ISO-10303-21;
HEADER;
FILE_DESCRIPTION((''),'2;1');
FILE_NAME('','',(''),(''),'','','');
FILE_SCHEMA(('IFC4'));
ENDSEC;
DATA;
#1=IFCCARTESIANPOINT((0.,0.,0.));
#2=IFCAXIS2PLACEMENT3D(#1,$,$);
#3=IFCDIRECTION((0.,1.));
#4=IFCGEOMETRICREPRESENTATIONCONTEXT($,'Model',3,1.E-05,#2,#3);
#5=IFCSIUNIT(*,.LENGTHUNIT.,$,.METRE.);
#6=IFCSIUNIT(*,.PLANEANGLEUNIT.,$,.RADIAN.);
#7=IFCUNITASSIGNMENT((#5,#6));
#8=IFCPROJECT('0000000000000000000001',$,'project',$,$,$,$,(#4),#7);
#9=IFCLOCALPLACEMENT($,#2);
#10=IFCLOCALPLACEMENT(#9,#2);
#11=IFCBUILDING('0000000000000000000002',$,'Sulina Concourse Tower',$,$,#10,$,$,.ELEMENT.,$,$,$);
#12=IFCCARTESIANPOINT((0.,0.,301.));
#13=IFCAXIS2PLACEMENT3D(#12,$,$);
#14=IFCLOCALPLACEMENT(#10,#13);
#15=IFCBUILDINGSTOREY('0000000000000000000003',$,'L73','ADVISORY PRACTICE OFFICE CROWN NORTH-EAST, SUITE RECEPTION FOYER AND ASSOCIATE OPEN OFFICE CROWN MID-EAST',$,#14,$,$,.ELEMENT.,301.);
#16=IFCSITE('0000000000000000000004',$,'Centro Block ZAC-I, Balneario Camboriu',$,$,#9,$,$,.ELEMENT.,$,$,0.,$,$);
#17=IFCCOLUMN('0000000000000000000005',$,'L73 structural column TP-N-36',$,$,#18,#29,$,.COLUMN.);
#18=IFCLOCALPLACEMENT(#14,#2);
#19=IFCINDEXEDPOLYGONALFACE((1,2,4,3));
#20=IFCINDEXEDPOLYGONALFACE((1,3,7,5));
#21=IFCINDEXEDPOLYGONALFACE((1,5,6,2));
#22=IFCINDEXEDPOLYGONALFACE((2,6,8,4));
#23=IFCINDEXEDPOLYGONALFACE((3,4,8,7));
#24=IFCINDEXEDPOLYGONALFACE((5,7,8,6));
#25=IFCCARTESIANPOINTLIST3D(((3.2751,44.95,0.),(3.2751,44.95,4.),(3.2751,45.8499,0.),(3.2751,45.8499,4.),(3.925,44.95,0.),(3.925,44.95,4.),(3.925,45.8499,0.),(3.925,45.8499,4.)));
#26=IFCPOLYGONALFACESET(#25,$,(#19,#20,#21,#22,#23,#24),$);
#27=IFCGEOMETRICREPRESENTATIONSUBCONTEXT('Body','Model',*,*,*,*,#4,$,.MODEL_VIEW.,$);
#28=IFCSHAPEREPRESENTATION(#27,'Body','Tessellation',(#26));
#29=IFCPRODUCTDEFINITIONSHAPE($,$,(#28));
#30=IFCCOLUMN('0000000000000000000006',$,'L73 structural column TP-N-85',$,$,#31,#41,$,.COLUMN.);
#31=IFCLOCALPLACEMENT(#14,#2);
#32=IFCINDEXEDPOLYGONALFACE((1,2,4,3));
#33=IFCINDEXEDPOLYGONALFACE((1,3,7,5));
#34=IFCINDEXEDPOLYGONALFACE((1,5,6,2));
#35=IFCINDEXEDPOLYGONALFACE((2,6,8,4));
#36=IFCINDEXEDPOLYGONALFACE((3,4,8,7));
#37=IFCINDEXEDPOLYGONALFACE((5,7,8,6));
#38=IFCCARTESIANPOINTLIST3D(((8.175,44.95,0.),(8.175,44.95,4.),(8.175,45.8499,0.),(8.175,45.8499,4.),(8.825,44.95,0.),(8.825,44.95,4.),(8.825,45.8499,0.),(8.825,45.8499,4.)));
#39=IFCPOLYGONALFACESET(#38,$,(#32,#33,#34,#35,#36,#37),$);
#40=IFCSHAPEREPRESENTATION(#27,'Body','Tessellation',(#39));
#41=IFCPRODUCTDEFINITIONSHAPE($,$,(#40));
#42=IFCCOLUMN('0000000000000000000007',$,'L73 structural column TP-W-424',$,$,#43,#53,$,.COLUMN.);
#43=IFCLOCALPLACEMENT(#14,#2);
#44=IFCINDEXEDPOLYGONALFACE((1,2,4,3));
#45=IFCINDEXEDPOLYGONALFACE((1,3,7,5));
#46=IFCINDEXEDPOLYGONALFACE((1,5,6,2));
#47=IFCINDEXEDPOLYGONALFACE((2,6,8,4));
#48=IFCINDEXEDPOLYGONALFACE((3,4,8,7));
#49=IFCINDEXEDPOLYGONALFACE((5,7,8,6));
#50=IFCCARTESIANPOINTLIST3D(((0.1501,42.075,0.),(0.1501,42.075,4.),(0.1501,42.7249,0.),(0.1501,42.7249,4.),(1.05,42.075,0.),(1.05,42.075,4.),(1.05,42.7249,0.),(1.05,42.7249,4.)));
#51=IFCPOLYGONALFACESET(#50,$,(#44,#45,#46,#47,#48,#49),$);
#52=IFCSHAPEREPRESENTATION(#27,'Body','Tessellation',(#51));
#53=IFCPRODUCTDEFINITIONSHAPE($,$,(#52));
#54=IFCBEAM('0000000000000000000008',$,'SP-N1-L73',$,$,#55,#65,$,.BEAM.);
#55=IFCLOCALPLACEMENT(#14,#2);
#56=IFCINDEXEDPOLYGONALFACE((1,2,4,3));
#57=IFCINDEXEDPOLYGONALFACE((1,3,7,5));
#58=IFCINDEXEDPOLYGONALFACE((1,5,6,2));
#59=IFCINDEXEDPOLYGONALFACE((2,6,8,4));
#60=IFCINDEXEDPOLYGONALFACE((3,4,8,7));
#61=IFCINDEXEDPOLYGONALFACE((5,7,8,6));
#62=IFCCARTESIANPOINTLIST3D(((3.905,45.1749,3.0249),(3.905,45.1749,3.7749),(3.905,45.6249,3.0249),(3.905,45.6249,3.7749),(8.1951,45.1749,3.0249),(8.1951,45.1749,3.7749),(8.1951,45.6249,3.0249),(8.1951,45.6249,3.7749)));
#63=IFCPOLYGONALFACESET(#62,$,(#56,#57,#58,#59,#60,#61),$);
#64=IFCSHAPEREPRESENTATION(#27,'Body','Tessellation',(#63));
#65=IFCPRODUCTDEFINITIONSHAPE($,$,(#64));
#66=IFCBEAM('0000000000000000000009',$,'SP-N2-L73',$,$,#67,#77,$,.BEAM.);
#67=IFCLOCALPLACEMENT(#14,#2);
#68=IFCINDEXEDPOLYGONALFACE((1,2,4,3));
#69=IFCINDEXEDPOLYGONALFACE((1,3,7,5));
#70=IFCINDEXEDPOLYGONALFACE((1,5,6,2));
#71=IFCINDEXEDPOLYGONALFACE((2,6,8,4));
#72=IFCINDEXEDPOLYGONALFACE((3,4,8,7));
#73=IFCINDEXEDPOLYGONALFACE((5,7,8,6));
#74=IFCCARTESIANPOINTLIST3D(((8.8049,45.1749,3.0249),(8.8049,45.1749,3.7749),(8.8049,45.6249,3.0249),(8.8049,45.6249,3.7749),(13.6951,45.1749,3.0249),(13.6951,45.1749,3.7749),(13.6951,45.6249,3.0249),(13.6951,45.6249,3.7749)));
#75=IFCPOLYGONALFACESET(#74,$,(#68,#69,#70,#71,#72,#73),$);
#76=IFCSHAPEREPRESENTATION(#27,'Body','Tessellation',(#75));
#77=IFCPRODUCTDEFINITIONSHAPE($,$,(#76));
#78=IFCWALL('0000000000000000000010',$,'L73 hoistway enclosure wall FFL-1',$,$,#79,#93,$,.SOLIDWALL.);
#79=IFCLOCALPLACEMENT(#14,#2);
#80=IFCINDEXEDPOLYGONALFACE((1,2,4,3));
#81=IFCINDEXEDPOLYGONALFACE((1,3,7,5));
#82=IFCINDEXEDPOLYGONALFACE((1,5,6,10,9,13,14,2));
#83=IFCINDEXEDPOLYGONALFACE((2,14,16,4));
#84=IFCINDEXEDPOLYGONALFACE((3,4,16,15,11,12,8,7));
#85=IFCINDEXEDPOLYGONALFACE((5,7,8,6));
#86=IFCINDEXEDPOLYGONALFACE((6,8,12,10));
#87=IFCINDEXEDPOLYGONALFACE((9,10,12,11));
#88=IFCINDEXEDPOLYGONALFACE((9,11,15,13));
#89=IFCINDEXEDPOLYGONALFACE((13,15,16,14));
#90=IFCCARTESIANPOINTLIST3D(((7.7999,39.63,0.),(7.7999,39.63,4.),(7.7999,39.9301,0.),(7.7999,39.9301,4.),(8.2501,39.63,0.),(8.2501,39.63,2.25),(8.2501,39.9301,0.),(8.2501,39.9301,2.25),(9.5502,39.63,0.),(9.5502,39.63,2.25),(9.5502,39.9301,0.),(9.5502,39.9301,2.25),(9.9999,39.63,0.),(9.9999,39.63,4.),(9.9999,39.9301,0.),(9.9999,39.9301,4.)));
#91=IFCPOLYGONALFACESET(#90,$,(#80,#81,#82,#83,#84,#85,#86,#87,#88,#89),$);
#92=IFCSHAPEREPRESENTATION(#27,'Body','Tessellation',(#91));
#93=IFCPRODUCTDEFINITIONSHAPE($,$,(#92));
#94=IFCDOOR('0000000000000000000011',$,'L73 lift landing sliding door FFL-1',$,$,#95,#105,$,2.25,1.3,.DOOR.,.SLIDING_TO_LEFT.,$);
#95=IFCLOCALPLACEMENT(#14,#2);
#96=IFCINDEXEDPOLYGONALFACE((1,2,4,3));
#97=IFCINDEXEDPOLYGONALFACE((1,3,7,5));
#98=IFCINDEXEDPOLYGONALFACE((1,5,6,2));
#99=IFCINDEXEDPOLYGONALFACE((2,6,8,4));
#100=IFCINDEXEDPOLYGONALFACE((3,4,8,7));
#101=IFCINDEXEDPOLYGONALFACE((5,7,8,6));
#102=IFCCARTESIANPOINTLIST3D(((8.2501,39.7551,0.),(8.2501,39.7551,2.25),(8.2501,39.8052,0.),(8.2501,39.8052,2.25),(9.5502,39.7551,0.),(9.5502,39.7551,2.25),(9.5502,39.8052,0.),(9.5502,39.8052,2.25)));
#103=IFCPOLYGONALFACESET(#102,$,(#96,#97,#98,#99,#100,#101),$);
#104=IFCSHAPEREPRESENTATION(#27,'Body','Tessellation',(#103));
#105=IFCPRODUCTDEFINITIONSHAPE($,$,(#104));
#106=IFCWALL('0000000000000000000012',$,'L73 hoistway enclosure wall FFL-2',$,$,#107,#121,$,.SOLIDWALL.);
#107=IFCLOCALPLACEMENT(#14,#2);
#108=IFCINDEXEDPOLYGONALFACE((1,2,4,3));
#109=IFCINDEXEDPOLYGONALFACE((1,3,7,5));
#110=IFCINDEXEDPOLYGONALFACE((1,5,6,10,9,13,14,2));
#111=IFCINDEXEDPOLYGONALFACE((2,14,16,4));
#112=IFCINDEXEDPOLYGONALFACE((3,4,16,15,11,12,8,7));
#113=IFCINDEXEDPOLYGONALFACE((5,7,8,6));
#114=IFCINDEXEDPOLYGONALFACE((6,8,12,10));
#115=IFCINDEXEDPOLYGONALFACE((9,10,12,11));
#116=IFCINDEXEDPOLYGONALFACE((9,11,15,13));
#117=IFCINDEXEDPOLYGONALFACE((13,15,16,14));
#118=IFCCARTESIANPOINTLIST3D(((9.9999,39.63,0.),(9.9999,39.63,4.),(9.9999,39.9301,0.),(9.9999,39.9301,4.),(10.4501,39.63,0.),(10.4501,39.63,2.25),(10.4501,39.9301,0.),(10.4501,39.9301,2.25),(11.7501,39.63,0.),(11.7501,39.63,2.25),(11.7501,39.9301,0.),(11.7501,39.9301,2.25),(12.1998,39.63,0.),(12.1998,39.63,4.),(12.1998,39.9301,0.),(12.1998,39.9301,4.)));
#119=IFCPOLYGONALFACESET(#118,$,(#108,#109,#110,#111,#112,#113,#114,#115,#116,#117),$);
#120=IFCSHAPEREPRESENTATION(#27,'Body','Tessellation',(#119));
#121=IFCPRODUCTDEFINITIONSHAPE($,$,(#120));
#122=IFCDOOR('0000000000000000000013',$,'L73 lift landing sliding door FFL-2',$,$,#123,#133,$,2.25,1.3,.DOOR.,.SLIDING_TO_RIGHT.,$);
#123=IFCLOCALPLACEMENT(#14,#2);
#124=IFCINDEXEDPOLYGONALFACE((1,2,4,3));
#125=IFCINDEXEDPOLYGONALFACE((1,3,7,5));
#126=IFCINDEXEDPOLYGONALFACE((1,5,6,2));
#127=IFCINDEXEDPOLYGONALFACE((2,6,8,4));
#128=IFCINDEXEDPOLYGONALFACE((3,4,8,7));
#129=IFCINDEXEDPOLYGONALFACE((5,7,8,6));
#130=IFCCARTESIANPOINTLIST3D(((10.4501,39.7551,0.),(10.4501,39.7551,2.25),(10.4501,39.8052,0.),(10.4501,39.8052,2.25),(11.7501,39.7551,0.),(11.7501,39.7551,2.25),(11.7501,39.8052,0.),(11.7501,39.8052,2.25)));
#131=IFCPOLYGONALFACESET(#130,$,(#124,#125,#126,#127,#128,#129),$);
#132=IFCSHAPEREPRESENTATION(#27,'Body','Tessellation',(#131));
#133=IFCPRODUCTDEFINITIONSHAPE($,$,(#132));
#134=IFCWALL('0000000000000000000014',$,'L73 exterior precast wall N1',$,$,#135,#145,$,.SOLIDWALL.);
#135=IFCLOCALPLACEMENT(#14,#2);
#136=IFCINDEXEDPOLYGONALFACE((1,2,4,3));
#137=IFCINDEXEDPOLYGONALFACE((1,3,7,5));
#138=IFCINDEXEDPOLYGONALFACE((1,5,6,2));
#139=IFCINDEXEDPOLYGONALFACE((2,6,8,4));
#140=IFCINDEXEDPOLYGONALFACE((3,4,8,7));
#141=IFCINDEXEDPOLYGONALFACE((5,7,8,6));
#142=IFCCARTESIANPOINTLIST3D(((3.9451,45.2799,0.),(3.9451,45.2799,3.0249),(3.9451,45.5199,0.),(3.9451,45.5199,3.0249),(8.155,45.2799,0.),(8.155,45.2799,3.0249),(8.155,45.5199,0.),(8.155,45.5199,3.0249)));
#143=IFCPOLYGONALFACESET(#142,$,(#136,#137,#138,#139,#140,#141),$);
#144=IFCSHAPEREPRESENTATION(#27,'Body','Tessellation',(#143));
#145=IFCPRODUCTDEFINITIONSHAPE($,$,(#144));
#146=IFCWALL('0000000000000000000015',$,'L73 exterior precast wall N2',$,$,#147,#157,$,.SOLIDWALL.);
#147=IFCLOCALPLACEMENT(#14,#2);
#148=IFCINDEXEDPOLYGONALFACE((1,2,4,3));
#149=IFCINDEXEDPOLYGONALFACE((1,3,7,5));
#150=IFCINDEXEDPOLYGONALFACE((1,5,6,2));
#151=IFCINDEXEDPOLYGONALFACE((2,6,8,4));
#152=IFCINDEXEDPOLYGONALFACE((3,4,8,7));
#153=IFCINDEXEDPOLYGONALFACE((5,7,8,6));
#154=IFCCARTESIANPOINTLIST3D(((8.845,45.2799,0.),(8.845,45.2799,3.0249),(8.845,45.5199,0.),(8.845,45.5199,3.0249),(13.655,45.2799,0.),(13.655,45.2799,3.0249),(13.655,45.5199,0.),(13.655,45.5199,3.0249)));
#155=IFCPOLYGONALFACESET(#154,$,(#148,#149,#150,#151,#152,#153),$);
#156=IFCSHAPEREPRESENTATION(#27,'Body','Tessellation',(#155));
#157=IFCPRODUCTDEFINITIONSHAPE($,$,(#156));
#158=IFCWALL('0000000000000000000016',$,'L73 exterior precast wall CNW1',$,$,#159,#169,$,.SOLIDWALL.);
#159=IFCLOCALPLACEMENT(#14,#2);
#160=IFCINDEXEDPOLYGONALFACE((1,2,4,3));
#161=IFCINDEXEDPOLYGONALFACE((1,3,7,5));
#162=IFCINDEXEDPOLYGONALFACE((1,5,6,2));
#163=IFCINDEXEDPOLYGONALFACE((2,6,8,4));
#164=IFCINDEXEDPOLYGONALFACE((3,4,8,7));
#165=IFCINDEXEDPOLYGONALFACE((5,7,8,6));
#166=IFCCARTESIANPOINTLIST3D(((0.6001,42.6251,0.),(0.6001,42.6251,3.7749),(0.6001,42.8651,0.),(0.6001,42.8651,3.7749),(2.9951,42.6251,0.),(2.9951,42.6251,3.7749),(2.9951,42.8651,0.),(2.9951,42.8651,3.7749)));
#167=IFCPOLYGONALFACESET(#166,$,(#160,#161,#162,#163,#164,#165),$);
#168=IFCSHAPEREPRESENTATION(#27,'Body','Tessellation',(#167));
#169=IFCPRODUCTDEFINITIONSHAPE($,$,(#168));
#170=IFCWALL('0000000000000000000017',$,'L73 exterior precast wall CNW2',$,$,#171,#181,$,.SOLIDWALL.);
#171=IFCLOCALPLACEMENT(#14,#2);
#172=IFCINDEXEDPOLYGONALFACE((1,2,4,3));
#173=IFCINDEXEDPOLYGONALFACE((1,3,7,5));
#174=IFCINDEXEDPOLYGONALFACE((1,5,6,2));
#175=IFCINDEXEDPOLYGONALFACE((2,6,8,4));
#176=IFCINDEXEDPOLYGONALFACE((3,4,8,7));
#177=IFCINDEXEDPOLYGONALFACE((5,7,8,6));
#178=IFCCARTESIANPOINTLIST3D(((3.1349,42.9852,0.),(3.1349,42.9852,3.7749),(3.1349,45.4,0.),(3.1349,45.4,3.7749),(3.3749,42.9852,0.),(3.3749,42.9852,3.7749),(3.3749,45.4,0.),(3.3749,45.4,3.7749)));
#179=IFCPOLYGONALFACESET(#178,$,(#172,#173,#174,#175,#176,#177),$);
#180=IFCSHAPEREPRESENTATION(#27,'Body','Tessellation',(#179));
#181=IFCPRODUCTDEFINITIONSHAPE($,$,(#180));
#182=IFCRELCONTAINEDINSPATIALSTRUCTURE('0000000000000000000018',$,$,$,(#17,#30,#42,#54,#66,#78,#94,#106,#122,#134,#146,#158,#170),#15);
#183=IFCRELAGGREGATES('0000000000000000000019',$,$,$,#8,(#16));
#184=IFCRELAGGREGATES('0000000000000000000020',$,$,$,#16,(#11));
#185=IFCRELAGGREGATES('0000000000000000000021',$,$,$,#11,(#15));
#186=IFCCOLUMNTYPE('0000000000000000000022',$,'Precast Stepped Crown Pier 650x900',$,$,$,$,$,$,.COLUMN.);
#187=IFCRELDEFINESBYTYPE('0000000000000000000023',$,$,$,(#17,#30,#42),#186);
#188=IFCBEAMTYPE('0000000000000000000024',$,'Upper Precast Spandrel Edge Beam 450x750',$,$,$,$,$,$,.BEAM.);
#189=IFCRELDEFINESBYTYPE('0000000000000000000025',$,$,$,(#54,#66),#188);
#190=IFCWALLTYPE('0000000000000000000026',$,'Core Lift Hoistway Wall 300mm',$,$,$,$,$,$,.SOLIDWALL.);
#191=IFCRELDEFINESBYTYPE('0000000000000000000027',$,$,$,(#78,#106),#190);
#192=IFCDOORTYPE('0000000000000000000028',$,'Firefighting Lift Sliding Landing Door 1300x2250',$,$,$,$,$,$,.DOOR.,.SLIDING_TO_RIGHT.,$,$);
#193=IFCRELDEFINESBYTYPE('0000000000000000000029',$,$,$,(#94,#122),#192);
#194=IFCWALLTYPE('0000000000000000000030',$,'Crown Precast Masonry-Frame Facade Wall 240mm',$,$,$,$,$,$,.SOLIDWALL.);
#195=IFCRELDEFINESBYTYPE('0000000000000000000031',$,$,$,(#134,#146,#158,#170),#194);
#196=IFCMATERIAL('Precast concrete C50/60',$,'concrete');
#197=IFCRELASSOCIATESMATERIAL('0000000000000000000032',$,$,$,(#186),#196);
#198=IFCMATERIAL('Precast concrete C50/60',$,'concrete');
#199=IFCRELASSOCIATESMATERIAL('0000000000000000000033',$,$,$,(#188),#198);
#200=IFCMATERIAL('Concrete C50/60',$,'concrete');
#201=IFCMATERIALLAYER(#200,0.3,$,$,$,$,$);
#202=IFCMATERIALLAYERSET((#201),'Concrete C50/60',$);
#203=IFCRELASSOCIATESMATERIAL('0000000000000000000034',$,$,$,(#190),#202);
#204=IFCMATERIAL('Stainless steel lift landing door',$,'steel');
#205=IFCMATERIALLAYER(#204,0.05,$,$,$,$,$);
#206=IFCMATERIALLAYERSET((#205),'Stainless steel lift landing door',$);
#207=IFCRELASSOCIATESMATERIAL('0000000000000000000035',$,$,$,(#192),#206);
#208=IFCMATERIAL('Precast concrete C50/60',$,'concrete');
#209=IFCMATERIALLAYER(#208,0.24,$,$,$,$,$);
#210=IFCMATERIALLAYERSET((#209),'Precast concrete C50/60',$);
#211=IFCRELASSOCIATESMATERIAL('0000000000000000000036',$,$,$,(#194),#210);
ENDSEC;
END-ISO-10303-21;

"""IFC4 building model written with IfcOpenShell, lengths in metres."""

from ifc_helpers import new_model, si_unit, direction, frame, frame_2d, origin, origin_2d, place, context, subcontext, project, spatial, rectangle, extrude, material, layer, layer_set, material_profile, profile_set, type_object, element, fill, save


model = new_model("IFC4")

# Units and contexts
model_context = context("Model", 3, precision=1e-05, world=origin(), true_north=direction((0.0, 1.0)))
body_context = subcontext(model_context, "Body", "Model", "MODEL_VIEW")
ifc_project = project(units=[si_unit("LENGTHUNIT", "METRE"), si_unit("PLANEANGLEUNIT", "RADIAN")], contexts=[model_context])

# Site, building, storey
site_placement = place(None, origin())
site = spatial("IfcSite", under=ifc_project, at=site_placement, Name="Centro Block ZAC-I, Balneario Camboriu", CompositionType="ELEMENT", RefElevation=0.0)
building_placement = place(site_placement, origin())
building = spatial("IfcBuilding", under=site, at=building_placement, Name="Sulina Concourse Tower", CompositionType="ELEMENT")
storey_placement = place(building_placement, frame((0.0, 0.0, 301.0)))
storey = spatial("IfcBuildingStorey", under=building, at=storey_placement, Name="L73", Description="ADVISORY PRACTICE OFFICE CROWN NORTH-EAST, SUITE RECEPTION FOYER AND ASSOCIATE OPEN OFFICE CROWN MID-EAST", CompositionType="ELEMENT", Elevation=301.0)

# Columns
ifc_material_1 = material(Name="Precast concrete C50/60", Category="concrete")
ifc_material_profile_1 = material_profile(ifc_material_1, rectangle(XDim=0.6499, YDim=0.8999, at=origin_2d()), Name="PC 650x900")
ifc_profile_set_1 = profile_set([ifc_material_profile_1], Name="Precast concrete C50/60")
column_type = type_object("IfcColumnType", Name="Precast Stepped Crown Pier 650x900", PredefinedType="COLUMN", material=ifc_profile_set_1)
for number, where, z_axis, x_axis, name in (
    (1, (3.6001, 45.3999, 0.0), (0.0, 0.0, 1.0), (1.0, 0.0, 0.0), "L73 structural column TP-N-36"),
    (2, (8.5, 45.3999, 0.0), (0.0, 0.0, 1.0), (1.0, 0.0, 0.0), "L73 structural column TP-N-85"),
    (3, (0.6001, 42.3999, 0.0), (0.0, 0.0, 1.0), (0.0, 1.0, 0.0), "L73 structural column TP-W-424"),
):
    element("IfcColumn", number, at=place(storey_placement, frame(where, z_axis=z_axis, x_axis=x_axis)), inside=storey, type_object=column_type, Name=name, PredefinedType="COLUMN", context=body_context, shape_type="SweptSolid", body=[
        extrude(rectangle(XDim=0.6499, YDim=0.8999, at=origin_2d()), origin(), (0.0, 0.0, 1.0), 4.0),
    ])

# Beams
ifc_material_2 = material(Name="Precast concrete C50/60", Category="concrete")
ifc_material_profile_2 = material_profile(ifc_material_2, rectangle(XDim=0.45, YDim=0.75, at=origin_2d()), Name="RC 450x750")
ifc_profile_set_2 = profile_set([ifc_material_profile_2], Name="Precast concrete C50/60")
beam_type = type_object("IfcBeamType", Name="Upper Precast Spandrel Edge Beam 450x750", PredefinedType="BEAM", material=ifc_profile_set_2)
beam_1_placement = place(storey_placement, frame((3.905, 45.3999, 3.3999), z_axis=(1.0, 0.0, 0.0), x_axis=(0.0, 1.0, 0.0)))
element("IfcBeam", 4, at=beam_1_placement, inside=storey, type_object=beam_type, Name="SP-N1-L73", PredefinedType="BEAM", context=body_context, shape_type="SweptSolid", body=[
    extrude(rectangle(XDim=0.45, YDim=0.75, at=origin_2d()), origin(), (0.0, 0.0, 1.0), 4.29),
])
beam_2_placement = place(storey_placement, frame((8.8049, 45.3999, 3.3999), z_axis=(1.0, 0.0, 0.0), x_axis=(0.0, 1.0, 0.0)))
element("IfcBeam", 5, at=beam_2_placement, inside=storey, type_object=beam_type, Name="SP-N2-L73", PredefinedType="BEAM", context=body_context, shape_type="SweptSolid", body=[
    extrude(rectangle(XDim=0.45, YDim=0.75, at=origin_2d()), origin(), (0.0, 0.0, 1.0), 4.8901),
])

# Walls, openings, doors
ifc_material_3 = material(Name="Concrete C50/60", Category="concrete")
ifc_layer_1 = layer(ifc_material_3, 0.3)
ifc_layer_set_1 = layer_set([ifc_layer_1], Name="Concrete C50/60")
wall_type_1 = type_object("IfcWallType", Name="Core Lift Hoistway Wall 300mm", PredefinedType="SOLIDWALL", material=ifc_layer_set_1)
wall_1_placement = place(storey_placement, frame((10.0, 39.78, 0.0), z_axis=(0.0, 0.0, 1.0), x_axis=(-1.0, 0.0, 0.0)))
wall_1 = element("IfcWall", 6, at=wall_1_placement, inside=storey, type_object=wall_type_1, Name="L73 hoistway enclosure wall FFL-1", PredefinedType="SOLIDWALL", context=body_context, shape_type="SweptSolid", body=[
    extrude(rectangle(XDim=2.2, YDim=0.3, at=frame_2d((1.1001, 0.0))), origin(), (0.0, 0.0, 1.0), 4.0),
])
opening_1_placement = place(wall_1_placement, frame((0.45, 0.0, 0.0)))
opening_1 = element("IfcOpeningElement", 7, at=opening_1_placement, cuts=wall_1, PredefinedType="OPENING", context=body_context, shape_type="SweptSolid", body=[
    extrude(rectangle(XDim=1.3, YDim=2.25, at=frame_2d((0.6499, 1.125))), frame((0.0, 0.1599, 0.0), z_axis=(0.0, -1.0, 0.0), x_axis=(1.0, 0.0, 0.0)), (0.0, 0.0, 1.0), 0.3201),
])
ifc_material_4 = material(Name="Stainless steel lift landing door", Category="steel")
ifc_layer_2 = layer(ifc_material_4, 0.05)
ifc_layer_set_2 = layer_set([ifc_layer_2], Name="Stainless steel lift landing door")
door_type_1 = type_object("IfcDoorType", Name="Firefighting Lift Sliding Landing Door 1300x2250", OperationType="SLIDING_TO_RIGHT", PredefinedType="DOOR", material=ifc_layer_set_2)
door_1_placement = place(opening_1_placement, origin())
door_1 = element("IfcDoor", 8, at=door_1_placement, inside=storey, type_object=door_type_1, Name="L73 lift landing sliding door FFL-1", OperationType="SLIDING_TO_LEFT", OverallHeight=2.25, OverallWidth=1.3, PredefinedType="DOOR", context=body_context, shape_type="SweptSolid", body=[
    extrude(rectangle(XDim=1.3, YDim=2.25, at=frame_2d((0.6499, 1.125))), frame((0.0, 0.0249, 0.0), z_axis=(0.0, -1.0, 0.0), x_axis=(1.0, 0.0, 0.0)), (0.0, 0.0, 1.0), 0.05),
])
fill(opening_1, door_1)
wall_2_placement = place(storey_placement, frame((12.2, 39.78, 0.0), z_axis=(0.0, 0.0, 1.0), x_axis=(-1.0, 0.0, 0.0)))
wall_2 = element("IfcWall", 9, at=wall_2_placement, inside=storey, type_object=wall_type_1, Name="L73 hoistway enclosure wall FFL-2", PredefinedType="SOLIDWALL", context=body_context, shape_type="SweptSolid", body=[
    extrude(rectangle(XDim=2.2, YDim=0.3, at=frame_2d((1.1001, 0.0))), origin(), (0.0, 0.0, 1.0), 4.0),
])
opening_2_placement = place(wall_2_placement, frame((0.45, 0.0, 0.0)))
opening_2 = element("IfcOpeningElement", 10, at=opening_2_placement, cuts=wall_2, PredefinedType="OPENING", context=body_context, shape_type="SweptSolid", body=[
    extrude(rectangle(XDim=1.3, YDim=2.25, at=frame_2d((0.6499, 1.125))), frame((0.0, 0.1599, 0.0), z_axis=(0.0, -1.0, 0.0), x_axis=(1.0, 0.0, 0.0)), (0.0, 0.0, 1.0), 0.3201),
])
door_2_placement = place(opening_2_placement, origin())
door_2 = element("IfcDoor", 11, at=door_2_placement, inside=storey, type_object=door_type_1, Name="L73 lift landing sliding door FFL-2", OperationType="SLIDING_TO_RIGHT", OverallHeight=2.25, OverallWidth=1.3, PredefinedType="DOOR", context=body_context, shape_type="SweptSolid", body=[
    extrude(rectangle(XDim=1.3, YDim=2.25, at=frame_2d((0.6499, 1.125))), frame((0.0, 0.0249, 0.0), z_axis=(0.0, -1.0, 0.0), x_axis=(1.0, 0.0, 0.0)), (0.0, 0.0, 1.0), 0.05),
])
fill(opening_2, door_2)

# Walls
ifc_material_5 = material(Name="Precast concrete C50/60", Category="concrete")
ifc_layer_3 = layer(ifc_material_5, 0.24)
ifc_layer_set_3 = layer_set([ifc_layer_3], Name="Precast concrete C50/60")
wall_type_2 = type_object("IfcWallType", Name="Crown Precast Masonry-Frame Facade Wall 240mm", PredefinedType="SOLIDWALL", material=ifc_layer_set_3)
wall_3_placement = place(storey_placement, frame((3.9451, 45.3999, 0.0), z_axis=(0.0, 0.0, 1.0), x_axis=(1.0, 0.0, 0.0)))
element("IfcWall", 12, at=wall_3_placement, inside=storey, type_object=wall_type_2, Name="L73 exterior precast wall N1", PredefinedType="SOLIDWALL", context=body_context, shape_type="SweptSolid", body=[
    extrude(rectangle(XDim=4.21, YDim=0.24, at=frame_2d((2.105, 0.0))), origin(), (0.0, 0.0, 1.0), 3.0249),
])
wall_4_placement = place(storey_placement, frame((8.845, 45.3999, 0.0), z_axis=(0.0, 0.0, 1.0), x_axis=(1.0, 0.0, 0.0)))
element("IfcWall", 13, at=wall_4_placement, inside=storey, type_object=wall_type_2, Name="L73 exterior precast wall N2", PredefinedType="SOLIDWALL", context=body_context, shape_type="SweptSolid", body=[
    extrude(rectangle(XDim=4.8101, YDim=0.24, at=frame_2d((2.405, 0.0))), origin(), (0.0, 0.0, 1.0), 3.0249),
])
wall_5_placement = place(storey_placement, frame((0.6001, 42.7451, 0.0), z_axis=(0.0, 0.0, 1.0), x_axis=(1.0, 0.0, 0.0)))
element("IfcWall", 14, at=wall_5_placement, inside=storey, type_object=wall_type_2, Name="L73 exterior precast wall CNW1", PredefinedType="SOLIDWALL", context=body_context, shape_type="SweptSolid", body=[
    extrude(rectangle(XDim=2.395, YDim=0.24, at=frame_2d((1.1975, 0.0))), origin(), (0.0, 0.0, 1.0), 3.7749),
])
wall_6_placement = place(storey_placement, frame((3.2549, 42.9851, 0.0), z_axis=(0.0, 0.0, 1.0), x_axis=(0.0, 1.0, 0.0)))
element("IfcWall", 15, at=wall_6_placement, inside=storey, type_object=wall_type_2, Name="L73 exterior precast wall CNW2", PredefinedType="SOLIDWALL", context=body_context, shape_type="SweptSolid", body=[
    extrude(rectangle(XDim=2.4148, YDim=0.24, at=frame_2d((1.2075, 0.0))), origin(), (0.0, 0.0, 1.0), 3.7749),
])

save(model, "model.ifc")
